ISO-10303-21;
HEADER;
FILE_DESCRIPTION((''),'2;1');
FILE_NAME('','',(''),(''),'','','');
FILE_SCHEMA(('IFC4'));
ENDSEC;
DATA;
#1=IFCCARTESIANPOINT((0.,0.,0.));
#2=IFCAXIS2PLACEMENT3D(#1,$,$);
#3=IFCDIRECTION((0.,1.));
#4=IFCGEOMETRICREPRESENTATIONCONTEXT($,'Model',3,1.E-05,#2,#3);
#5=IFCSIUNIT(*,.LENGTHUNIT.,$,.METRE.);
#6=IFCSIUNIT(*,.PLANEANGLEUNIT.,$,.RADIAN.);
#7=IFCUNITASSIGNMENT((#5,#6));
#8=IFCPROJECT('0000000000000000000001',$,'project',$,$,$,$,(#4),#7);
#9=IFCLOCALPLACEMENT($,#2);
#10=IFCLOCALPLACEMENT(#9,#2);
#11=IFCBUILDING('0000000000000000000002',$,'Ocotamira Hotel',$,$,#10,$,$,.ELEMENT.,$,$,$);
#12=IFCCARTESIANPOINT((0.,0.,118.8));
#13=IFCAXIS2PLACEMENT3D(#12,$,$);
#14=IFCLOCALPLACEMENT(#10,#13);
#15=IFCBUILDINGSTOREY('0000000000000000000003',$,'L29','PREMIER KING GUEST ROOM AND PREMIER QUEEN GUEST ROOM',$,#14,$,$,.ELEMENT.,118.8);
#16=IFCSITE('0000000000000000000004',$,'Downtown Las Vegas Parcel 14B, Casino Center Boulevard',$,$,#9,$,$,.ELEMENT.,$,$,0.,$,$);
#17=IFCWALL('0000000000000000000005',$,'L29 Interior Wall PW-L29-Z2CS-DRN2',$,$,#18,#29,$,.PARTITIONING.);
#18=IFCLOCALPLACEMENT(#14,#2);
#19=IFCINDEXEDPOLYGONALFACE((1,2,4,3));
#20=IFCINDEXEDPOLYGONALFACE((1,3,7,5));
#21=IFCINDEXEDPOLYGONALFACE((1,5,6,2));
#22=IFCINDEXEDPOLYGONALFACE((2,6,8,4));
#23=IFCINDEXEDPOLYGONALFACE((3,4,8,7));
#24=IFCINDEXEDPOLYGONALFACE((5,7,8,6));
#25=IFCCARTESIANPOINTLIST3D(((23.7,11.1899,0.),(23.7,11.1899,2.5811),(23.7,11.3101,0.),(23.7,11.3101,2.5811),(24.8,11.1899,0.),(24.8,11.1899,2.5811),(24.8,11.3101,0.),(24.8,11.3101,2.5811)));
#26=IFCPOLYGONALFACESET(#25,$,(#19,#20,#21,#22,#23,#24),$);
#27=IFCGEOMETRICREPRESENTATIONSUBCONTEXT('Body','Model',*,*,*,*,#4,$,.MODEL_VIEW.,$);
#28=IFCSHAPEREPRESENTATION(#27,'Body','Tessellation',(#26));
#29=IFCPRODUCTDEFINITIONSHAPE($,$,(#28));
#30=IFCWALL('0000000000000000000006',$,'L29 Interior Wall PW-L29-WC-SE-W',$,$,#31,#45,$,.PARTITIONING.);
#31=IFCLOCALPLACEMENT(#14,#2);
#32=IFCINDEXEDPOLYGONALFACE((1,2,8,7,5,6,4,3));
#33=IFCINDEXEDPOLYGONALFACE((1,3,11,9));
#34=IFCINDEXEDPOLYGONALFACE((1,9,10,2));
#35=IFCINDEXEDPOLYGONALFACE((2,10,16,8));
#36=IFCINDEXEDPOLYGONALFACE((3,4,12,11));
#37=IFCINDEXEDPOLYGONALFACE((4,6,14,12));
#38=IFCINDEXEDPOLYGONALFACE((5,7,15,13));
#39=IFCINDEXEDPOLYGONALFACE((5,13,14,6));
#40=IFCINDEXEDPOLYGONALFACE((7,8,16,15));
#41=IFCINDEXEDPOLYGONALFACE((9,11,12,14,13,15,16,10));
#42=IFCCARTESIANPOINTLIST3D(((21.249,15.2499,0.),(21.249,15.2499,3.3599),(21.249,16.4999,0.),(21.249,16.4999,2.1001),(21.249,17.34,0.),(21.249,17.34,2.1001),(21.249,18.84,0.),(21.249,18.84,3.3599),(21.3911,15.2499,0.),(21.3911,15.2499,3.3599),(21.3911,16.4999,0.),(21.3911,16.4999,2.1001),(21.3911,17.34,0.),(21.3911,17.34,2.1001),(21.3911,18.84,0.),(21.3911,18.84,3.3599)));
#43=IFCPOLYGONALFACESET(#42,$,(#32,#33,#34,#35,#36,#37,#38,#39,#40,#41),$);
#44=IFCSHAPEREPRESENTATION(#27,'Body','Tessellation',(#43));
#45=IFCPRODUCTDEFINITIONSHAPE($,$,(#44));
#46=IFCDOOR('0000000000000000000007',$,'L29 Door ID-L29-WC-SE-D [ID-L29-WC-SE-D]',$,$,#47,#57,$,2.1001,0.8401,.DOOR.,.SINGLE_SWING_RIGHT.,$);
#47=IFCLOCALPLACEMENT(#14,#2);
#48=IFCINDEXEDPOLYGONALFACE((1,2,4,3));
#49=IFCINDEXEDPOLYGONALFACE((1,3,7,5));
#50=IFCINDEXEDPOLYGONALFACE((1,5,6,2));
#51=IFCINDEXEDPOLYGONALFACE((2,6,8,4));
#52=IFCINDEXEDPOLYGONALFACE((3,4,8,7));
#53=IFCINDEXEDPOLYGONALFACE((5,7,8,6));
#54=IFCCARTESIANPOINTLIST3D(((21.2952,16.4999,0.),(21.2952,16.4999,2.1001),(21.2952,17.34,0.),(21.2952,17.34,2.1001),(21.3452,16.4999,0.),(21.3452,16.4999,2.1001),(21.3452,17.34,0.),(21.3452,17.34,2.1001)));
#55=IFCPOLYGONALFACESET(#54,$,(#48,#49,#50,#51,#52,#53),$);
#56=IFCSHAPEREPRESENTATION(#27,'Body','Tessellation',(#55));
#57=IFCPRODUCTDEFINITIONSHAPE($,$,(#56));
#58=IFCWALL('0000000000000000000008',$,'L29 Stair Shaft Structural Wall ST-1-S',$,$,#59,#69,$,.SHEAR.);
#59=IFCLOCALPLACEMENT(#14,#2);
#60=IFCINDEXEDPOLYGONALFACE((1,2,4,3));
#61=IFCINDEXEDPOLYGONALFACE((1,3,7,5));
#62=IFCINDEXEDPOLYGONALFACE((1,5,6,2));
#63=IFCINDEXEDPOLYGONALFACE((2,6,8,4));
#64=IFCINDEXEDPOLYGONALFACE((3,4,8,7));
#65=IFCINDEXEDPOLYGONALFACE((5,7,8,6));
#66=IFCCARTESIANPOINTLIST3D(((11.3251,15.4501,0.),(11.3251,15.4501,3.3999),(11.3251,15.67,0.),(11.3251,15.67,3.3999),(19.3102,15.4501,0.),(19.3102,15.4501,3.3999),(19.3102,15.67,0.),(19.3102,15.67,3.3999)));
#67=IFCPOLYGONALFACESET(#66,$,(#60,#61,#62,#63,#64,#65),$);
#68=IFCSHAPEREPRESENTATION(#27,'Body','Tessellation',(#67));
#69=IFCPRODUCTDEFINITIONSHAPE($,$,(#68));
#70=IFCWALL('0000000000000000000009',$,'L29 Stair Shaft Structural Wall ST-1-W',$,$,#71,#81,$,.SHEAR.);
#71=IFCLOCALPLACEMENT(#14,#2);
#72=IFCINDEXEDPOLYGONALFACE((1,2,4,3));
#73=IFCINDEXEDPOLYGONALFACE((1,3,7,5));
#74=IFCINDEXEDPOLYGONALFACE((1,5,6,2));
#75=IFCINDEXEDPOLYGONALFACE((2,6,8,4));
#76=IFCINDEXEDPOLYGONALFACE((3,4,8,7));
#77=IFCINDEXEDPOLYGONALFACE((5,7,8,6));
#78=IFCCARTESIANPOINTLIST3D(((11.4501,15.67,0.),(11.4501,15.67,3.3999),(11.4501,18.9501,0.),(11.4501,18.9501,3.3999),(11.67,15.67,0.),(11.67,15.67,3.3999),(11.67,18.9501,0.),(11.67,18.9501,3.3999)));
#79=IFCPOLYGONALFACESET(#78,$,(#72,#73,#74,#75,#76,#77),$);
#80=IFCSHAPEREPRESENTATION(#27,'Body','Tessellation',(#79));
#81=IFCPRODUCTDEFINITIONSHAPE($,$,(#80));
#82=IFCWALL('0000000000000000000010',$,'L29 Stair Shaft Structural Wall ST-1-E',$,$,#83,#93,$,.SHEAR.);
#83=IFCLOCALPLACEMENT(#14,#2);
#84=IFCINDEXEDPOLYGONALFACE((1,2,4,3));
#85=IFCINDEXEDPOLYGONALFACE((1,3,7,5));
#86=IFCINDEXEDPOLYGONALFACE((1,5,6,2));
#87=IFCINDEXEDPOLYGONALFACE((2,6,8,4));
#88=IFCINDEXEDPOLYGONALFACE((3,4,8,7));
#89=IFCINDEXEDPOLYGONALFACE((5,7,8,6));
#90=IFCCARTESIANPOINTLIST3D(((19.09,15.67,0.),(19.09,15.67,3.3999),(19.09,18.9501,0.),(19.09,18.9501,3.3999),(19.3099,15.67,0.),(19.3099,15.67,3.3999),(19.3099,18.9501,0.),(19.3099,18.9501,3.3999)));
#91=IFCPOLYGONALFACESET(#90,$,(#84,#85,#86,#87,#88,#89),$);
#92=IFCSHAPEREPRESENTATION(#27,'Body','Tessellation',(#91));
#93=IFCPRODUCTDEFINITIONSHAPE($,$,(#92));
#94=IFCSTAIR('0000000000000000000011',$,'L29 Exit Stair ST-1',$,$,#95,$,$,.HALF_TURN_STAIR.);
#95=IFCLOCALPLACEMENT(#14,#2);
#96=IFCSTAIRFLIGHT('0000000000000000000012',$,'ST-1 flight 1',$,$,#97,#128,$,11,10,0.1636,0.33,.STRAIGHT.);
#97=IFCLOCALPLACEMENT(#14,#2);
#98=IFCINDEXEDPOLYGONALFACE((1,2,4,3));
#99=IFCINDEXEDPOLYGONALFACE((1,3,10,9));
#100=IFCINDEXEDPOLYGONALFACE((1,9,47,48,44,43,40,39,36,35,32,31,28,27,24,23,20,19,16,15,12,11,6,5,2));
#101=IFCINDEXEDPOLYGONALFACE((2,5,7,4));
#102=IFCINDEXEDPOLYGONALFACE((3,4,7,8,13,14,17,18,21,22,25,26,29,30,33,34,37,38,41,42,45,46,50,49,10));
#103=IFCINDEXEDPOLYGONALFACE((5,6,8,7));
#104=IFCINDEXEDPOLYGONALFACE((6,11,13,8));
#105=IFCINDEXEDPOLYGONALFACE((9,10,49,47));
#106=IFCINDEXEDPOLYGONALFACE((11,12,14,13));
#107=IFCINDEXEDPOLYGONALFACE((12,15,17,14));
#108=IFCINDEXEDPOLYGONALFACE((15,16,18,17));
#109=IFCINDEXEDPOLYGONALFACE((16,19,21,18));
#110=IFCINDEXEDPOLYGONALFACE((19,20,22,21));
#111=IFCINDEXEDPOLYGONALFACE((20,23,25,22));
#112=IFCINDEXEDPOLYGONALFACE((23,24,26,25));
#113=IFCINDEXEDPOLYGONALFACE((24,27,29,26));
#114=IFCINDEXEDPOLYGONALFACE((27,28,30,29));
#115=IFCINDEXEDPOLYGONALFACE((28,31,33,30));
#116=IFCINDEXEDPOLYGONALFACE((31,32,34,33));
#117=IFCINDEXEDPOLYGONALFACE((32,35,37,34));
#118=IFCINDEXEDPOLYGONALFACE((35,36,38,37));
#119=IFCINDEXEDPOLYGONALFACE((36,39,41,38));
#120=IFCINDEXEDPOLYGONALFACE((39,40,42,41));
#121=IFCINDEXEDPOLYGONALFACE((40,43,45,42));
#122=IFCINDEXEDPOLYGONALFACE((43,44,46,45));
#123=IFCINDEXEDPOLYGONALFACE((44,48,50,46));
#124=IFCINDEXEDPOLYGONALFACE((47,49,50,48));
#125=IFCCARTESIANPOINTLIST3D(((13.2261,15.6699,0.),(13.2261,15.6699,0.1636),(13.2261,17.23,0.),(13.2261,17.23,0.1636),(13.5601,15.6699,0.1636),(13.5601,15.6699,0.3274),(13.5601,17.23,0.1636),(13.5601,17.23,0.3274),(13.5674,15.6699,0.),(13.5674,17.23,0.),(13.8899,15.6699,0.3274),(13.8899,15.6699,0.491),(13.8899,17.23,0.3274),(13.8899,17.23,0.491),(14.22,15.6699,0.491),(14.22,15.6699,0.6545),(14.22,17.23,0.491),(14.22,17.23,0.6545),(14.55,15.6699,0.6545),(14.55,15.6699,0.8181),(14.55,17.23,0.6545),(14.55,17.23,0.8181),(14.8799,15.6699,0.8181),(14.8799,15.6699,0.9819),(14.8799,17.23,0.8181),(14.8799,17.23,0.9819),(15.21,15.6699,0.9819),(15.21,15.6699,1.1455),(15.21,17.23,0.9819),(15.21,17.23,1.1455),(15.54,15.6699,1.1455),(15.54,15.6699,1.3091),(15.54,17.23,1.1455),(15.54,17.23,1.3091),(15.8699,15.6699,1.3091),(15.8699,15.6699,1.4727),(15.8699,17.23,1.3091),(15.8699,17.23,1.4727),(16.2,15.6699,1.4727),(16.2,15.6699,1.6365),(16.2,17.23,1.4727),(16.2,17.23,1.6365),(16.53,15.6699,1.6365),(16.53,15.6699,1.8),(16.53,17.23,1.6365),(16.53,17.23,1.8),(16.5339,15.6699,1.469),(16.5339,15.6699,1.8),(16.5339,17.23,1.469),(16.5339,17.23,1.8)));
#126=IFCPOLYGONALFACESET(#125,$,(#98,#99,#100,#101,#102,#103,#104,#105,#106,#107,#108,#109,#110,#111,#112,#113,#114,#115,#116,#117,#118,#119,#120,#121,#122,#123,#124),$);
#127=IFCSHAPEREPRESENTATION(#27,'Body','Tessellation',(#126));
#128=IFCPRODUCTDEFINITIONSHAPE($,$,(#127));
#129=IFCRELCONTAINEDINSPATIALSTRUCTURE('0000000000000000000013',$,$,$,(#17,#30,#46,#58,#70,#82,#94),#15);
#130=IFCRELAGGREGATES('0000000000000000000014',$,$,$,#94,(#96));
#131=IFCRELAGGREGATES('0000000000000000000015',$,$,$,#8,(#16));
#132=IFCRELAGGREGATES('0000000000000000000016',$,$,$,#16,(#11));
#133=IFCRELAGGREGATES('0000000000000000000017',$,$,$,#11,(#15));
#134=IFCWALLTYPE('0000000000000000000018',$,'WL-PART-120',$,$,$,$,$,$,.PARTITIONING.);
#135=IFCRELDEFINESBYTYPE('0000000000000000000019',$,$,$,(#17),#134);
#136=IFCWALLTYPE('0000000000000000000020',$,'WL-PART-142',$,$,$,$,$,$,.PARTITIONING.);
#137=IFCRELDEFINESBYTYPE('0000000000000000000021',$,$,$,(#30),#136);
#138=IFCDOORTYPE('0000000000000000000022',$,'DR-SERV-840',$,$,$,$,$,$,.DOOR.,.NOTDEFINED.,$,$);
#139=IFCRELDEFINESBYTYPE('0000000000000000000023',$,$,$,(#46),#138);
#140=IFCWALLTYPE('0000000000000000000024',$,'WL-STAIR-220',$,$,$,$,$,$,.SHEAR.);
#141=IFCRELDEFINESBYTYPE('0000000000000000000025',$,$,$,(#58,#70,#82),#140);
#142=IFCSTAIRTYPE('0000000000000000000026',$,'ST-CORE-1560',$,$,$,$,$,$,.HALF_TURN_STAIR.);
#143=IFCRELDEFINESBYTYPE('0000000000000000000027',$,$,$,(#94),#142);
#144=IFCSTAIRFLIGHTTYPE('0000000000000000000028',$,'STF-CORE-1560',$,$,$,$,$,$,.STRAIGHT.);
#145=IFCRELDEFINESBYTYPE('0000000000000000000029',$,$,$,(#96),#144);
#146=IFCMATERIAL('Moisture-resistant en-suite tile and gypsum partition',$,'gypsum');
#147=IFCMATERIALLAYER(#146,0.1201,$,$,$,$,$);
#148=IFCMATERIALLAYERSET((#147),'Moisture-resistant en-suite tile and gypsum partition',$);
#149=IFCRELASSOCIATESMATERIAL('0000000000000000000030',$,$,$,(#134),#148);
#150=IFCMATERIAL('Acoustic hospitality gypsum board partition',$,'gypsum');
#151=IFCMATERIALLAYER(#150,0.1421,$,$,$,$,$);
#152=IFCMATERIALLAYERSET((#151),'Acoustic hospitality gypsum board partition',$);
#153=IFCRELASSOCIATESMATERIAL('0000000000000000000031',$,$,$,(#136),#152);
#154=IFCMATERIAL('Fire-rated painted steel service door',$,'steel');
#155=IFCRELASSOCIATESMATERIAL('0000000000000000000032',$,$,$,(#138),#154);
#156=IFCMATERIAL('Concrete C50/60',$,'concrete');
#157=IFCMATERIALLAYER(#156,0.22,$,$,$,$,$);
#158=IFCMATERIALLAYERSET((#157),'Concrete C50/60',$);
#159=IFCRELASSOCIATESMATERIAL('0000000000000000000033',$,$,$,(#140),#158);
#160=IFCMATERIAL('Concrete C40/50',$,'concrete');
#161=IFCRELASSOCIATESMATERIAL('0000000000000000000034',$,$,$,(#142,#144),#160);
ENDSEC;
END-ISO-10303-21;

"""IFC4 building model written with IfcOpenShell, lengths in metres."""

from ifc_helpers import new_model, si_unit, direction, frame, frame_2d, origin, place, context, subcontext, project, spatial, polyline, rectangle, outline, extrude, source, transform, mapped, material, layer, layer_set, type_object, element, fill, aggregate, save


model = new_model("IFC4")

# Units and contexts
model_context = context("Model", 3, precision=1e-05, world=origin(), true_north=direction((0.0, 1.0)))
body_context = subcontext(model_context, "Body", "Model", "MODEL_VIEW")
ifc_project = project(units=[si_unit("LENGTHUNIT", "METRE"), si_unit("PLANEANGLEUNIT", "RADIAN")], contexts=[model_context])

# Site, building, storey
site_placement = place(None, origin())
site = spatial("IfcSite", under=ifc_project, at=site_placement, Name="Downtown Las Vegas Parcel 14B, Casino Center Boulevard", CompositionType="ELEMENT", RefElevation=0.0)
building_placement = place(site_placement, origin())
building = spatial("IfcBuilding", under=site, at=building_placement, Name="Ocotamira Hotel", CompositionType="ELEMENT")
storey_placement = place(building_placement, frame((0.0, 0.0, 118.8)))
storey = spatial("IfcBuildingStorey", under=building, at=storey_placement, Name="L29", Description="PREMIER KING GUEST ROOM AND PREMIER QUEEN GUEST ROOM", CompositionType="ELEMENT", Elevation=118.8)

# Shared definitions
ifc_material_1 = material(Name="Moisture-resistant en-suite tile and gypsum partition", Category="gypsum")
ifc_layer_1 = layer(ifc_material_1, 0.1201)
ifc_layer_set_1 = layer_set([ifc_layer_1], Name="Moisture-resistant en-suite tile and gypsum partition")
wall_type_1 = type_object("IfcWallType", Name="WL-PART-120", PredefinedType="PARTITIONING", material=ifc_layer_set_1)

# Wall
wall_1_placement = place(storey_placement, frame((23.7, 11.25, 0.0), z_axis=(0.0, 0.0, 1.0), x_axis=(1.0, 0.0, 0.0)))
element("IfcWall", 1, at=wall_1_placement, inside=storey, type_object=wall_type_1, Name="L29 Interior Wall PW-L29-Z2CS-DRN2", PredefinedType="PARTITIONING", context=body_context, shape_type="SweptSolid", body=[
    extrude(rectangle(XDim=1.1001, YDim=0.1201, at=frame_2d((0.55, 0.0))), origin(), (0.0, 0.0, 1.0), 2.5811),
])

# Wall, opening, door
ifc_material_2 = material(Name="Acoustic hospitality gypsum board partition", Category="gypsum")
ifc_layer_2 = layer(ifc_material_2, 0.1421)
ifc_layer_set_2 = layer_set([ifc_layer_2], Name="Acoustic hospitality gypsum board partition")
wall_type_2 = type_object("IfcWallType", Name="WL-PART-142", PredefinedType="PARTITIONING", material=ifc_layer_set_2)
wall_2_placement = place(storey_placement, frame((21.3201, 15.25, 0.0), z_axis=(0.0, 0.0, 1.0), x_axis=(0.0, 1.0, 0.0)))
wall_2 = element("IfcWall", 2, at=wall_2_placement, inside=storey, type_object=wall_type_2, Name="L29 Interior Wall PW-L29-WC-SE-W", PredefinedType="PARTITIONING", context=body_context, shape_type="SweptSolid", body=[
    extrude(rectangle(XDim=3.5901, YDim=0.1421, at=frame_2d((1.7949, 0.0))), origin(), (0.0, 0.0, 1.0), 3.3599),
])
opening_1_placement = place(wall_2_placement, frame((1.25, 0.0, 0.0)))
opening_1 = element("IfcOpeningElement", 3, at=opening_1_placement, cuts=wall_2, PredefinedType="OPENING", context=body_context, shape_type="SweptSolid", body=[
    extrude(rectangle(XDim=0.8401, YDim=2.1001, at=frame_2d((0.4199, 1.05))), frame((0.0, 0.0811, 0.0), z_axis=(0.0, -1.0, 0.0), x_axis=(1.0, 0.0, 0.0)), (0.0, 0.0, 1.0), 0.1621),
])
ifc_material_3 = material(Name="Fire-rated painted steel service door", Category="steel")
door_type_1 = type_object("IfcDoorType", Name="DR-SERV-840", OperationType="NOTDEFINED", PredefinedType="DOOR", material=ifc_material_3)
shared_shape_1 = source(origin(), body_context, "Body", "SweptSolid", [
    extrude(rectangle(XDim=0.8401, YDim=2.1001, at=frame_2d((0.4199, 1.05))), frame((0.0, 0.0249, 0.0), z_axis=(0.0, -1.0, 0.0), x_axis=(1.0, 0.0, 0.0)), (0.0, 0.0, 1.0), 0.05),
])
door_1_placement = place(opening_1_placement, origin())
door_1 = element("IfcDoor", 4, at=door_1_placement, inside=storey, type_object=door_type_1, Name="L29 Door ID-L29-WC-SE-D [ID-L29-WC-SE-D]", OperationType="SINGLE_SWING_RIGHT", OverallHeight=2.1001, OverallWidth=0.8401, PredefinedType="DOOR", context=body_context, shape_type="MappedRepresentation", body=[
    mapped(shared_shape_1, transform((0.0, 0.0, 0.0), scale=1.0)),
])
fill(opening_1, door_1)

# Walls
ifc_material_4 = material(Name="Concrete C50/60", Category="concrete")
ifc_layer_3 = layer(ifc_material_4, 0.22)
ifc_layer_set_3 = layer_set([ifc_layer_3], Name="Concrete C50/60")
wall_type_3 = type_object("IfcWallType", Name="WL-STAIR-220", PredefinedType="SHEAR", material=ifc_layer_set_3)
wall_3_placement = place(storey_placement, frame((11.325, 15.5601, 0.0), z_axis=(0.0, 0.0, 1.0), x_axis=(1.0, 0.0, 0.0)))
element("IfcWall", 5, at=wall_3_placement, inside=storey, type_object=wall_type_3, Name="L29 Stair Shaft Structural Wall ST-1-S", PredefinedType="SHEAR", context=body_context, shape_type="SweptSolid", body=[
    extrude(rectangle(XDim=7.9851, YDim=0.22, at=frame_2d((3.9927, 0.0))), origin(), (0.0, 0.0, 1.0), 3.3999),
])
for number, where, z_axis, x_axis, name in (
    (6, (11.5601, 15.6699, 0.0), (0.0, 0.0, 1.0), (0.0, 1.0, 0.0), "L29 Stair Shaft Structural Wall ST-1-W"),
    (7, (19.2, 15.6699, 0.0), (0.0, 0.0, 1.0), (0.0, 1.0, 0.0), "L29 Stair Shaft Structural Wall ST-1-E"),
):
    element("IfcWall", number, at=place(storey_placement, frame(where, z_axis=z_axis, x_axis=x_axis)), inside=storey, type_object=wall_type_3, Name=name, PredefinedType="SHEAR", context=body_context, shape_type="SweptSolid", body=[
        extrude(rectangle(XDim=3.28, YDim=0.22, at=frame_2d((1.6401, 0.0))), origin(), (0.0, 0.0, 1.0), 3.3999),
    ])

# Stair, stair flight
ifc_material_5 = material(Name="Concrete C40/50", Category="concrete")
stair_type = type_object("IfcStairType", Name="ST-CORE-1560", PredefinedType="HALF_TURN_STAIR", material=ifc_material_5)
stair_placement = place(storey_placement, origin())
stair = element("IfcStair", 8, at=stair_placement, inside=storey, type_object=stair_type, Name="L29 Exit Stair ST-1", PredefinedType="HALF_TURN_STAIR")
stair_flight_type = type_object("IfcStairFlightType", Name="STF-CORE-1560", PredefinedType="STRAIGHT", material=ifc_material_5)
shared_shape_2 = source(origin(), body_context, "Body", "SweptSolid", [
    extrude(outline(polyline([(-0.0039, 0.0), (-0.0039, 0.1636), (0.3301, 0.1636), (0.3301, 0.3274), (0.6599, 0.3274), (0.6599, 0.491), (0.99, 0.491), (0.99, 0.6545), (1.3201, 0.6545), (1.3201, 0.8181), (1.6499, 0.8181), (1.6499, 0.9819), (1.98, 0.9819), (1.98, 1.1455), (2.3101, 1.1455), (2.3101, 1.3091), (2.6399, 1.3091), (2.6399, 1.4727), (2.97, 1.4727), (2.97, 1.6365), (3.3, 1.6365), (3.3, 1.8), (3.304, 1.8), (3.304, 1.469), (0.3374, 0.0), (-0.0039, 0.0)])), frame((0.0, 0.78, 0.0), z_axis=(0.0, -1.0, 0.0), x_axis=(1.0, 0.0, 0.0)), (0.0, 0.0, 1.0), 1.5601),
])
stair_flight_placement = place(storey_placement, frame((13.23, 16.45, 0.0), z_axis=(0.0, 0.0, 1.0), x_axis=(1.0, 0.0, 0.0)))
stair_flight = element("IfcStairFlight", 9, at=stair_flight_placement, type_object=stair_flight_type, Name="ST-1 flight 1", NumberOfRisers=11, NumberOfTreads=10, PredefinedType="STRAIGHT", RiserHeight=0.1636, TreadLength=0.33, context=body_context, shape_type="MappedRepresentation", body=[
    mapped(shared_shape_2, transform((0.0, 0.0, 0.0), scale=1.0)),
])
aggregate(stair, [stair_flight])

save(model, "model.ifc")
